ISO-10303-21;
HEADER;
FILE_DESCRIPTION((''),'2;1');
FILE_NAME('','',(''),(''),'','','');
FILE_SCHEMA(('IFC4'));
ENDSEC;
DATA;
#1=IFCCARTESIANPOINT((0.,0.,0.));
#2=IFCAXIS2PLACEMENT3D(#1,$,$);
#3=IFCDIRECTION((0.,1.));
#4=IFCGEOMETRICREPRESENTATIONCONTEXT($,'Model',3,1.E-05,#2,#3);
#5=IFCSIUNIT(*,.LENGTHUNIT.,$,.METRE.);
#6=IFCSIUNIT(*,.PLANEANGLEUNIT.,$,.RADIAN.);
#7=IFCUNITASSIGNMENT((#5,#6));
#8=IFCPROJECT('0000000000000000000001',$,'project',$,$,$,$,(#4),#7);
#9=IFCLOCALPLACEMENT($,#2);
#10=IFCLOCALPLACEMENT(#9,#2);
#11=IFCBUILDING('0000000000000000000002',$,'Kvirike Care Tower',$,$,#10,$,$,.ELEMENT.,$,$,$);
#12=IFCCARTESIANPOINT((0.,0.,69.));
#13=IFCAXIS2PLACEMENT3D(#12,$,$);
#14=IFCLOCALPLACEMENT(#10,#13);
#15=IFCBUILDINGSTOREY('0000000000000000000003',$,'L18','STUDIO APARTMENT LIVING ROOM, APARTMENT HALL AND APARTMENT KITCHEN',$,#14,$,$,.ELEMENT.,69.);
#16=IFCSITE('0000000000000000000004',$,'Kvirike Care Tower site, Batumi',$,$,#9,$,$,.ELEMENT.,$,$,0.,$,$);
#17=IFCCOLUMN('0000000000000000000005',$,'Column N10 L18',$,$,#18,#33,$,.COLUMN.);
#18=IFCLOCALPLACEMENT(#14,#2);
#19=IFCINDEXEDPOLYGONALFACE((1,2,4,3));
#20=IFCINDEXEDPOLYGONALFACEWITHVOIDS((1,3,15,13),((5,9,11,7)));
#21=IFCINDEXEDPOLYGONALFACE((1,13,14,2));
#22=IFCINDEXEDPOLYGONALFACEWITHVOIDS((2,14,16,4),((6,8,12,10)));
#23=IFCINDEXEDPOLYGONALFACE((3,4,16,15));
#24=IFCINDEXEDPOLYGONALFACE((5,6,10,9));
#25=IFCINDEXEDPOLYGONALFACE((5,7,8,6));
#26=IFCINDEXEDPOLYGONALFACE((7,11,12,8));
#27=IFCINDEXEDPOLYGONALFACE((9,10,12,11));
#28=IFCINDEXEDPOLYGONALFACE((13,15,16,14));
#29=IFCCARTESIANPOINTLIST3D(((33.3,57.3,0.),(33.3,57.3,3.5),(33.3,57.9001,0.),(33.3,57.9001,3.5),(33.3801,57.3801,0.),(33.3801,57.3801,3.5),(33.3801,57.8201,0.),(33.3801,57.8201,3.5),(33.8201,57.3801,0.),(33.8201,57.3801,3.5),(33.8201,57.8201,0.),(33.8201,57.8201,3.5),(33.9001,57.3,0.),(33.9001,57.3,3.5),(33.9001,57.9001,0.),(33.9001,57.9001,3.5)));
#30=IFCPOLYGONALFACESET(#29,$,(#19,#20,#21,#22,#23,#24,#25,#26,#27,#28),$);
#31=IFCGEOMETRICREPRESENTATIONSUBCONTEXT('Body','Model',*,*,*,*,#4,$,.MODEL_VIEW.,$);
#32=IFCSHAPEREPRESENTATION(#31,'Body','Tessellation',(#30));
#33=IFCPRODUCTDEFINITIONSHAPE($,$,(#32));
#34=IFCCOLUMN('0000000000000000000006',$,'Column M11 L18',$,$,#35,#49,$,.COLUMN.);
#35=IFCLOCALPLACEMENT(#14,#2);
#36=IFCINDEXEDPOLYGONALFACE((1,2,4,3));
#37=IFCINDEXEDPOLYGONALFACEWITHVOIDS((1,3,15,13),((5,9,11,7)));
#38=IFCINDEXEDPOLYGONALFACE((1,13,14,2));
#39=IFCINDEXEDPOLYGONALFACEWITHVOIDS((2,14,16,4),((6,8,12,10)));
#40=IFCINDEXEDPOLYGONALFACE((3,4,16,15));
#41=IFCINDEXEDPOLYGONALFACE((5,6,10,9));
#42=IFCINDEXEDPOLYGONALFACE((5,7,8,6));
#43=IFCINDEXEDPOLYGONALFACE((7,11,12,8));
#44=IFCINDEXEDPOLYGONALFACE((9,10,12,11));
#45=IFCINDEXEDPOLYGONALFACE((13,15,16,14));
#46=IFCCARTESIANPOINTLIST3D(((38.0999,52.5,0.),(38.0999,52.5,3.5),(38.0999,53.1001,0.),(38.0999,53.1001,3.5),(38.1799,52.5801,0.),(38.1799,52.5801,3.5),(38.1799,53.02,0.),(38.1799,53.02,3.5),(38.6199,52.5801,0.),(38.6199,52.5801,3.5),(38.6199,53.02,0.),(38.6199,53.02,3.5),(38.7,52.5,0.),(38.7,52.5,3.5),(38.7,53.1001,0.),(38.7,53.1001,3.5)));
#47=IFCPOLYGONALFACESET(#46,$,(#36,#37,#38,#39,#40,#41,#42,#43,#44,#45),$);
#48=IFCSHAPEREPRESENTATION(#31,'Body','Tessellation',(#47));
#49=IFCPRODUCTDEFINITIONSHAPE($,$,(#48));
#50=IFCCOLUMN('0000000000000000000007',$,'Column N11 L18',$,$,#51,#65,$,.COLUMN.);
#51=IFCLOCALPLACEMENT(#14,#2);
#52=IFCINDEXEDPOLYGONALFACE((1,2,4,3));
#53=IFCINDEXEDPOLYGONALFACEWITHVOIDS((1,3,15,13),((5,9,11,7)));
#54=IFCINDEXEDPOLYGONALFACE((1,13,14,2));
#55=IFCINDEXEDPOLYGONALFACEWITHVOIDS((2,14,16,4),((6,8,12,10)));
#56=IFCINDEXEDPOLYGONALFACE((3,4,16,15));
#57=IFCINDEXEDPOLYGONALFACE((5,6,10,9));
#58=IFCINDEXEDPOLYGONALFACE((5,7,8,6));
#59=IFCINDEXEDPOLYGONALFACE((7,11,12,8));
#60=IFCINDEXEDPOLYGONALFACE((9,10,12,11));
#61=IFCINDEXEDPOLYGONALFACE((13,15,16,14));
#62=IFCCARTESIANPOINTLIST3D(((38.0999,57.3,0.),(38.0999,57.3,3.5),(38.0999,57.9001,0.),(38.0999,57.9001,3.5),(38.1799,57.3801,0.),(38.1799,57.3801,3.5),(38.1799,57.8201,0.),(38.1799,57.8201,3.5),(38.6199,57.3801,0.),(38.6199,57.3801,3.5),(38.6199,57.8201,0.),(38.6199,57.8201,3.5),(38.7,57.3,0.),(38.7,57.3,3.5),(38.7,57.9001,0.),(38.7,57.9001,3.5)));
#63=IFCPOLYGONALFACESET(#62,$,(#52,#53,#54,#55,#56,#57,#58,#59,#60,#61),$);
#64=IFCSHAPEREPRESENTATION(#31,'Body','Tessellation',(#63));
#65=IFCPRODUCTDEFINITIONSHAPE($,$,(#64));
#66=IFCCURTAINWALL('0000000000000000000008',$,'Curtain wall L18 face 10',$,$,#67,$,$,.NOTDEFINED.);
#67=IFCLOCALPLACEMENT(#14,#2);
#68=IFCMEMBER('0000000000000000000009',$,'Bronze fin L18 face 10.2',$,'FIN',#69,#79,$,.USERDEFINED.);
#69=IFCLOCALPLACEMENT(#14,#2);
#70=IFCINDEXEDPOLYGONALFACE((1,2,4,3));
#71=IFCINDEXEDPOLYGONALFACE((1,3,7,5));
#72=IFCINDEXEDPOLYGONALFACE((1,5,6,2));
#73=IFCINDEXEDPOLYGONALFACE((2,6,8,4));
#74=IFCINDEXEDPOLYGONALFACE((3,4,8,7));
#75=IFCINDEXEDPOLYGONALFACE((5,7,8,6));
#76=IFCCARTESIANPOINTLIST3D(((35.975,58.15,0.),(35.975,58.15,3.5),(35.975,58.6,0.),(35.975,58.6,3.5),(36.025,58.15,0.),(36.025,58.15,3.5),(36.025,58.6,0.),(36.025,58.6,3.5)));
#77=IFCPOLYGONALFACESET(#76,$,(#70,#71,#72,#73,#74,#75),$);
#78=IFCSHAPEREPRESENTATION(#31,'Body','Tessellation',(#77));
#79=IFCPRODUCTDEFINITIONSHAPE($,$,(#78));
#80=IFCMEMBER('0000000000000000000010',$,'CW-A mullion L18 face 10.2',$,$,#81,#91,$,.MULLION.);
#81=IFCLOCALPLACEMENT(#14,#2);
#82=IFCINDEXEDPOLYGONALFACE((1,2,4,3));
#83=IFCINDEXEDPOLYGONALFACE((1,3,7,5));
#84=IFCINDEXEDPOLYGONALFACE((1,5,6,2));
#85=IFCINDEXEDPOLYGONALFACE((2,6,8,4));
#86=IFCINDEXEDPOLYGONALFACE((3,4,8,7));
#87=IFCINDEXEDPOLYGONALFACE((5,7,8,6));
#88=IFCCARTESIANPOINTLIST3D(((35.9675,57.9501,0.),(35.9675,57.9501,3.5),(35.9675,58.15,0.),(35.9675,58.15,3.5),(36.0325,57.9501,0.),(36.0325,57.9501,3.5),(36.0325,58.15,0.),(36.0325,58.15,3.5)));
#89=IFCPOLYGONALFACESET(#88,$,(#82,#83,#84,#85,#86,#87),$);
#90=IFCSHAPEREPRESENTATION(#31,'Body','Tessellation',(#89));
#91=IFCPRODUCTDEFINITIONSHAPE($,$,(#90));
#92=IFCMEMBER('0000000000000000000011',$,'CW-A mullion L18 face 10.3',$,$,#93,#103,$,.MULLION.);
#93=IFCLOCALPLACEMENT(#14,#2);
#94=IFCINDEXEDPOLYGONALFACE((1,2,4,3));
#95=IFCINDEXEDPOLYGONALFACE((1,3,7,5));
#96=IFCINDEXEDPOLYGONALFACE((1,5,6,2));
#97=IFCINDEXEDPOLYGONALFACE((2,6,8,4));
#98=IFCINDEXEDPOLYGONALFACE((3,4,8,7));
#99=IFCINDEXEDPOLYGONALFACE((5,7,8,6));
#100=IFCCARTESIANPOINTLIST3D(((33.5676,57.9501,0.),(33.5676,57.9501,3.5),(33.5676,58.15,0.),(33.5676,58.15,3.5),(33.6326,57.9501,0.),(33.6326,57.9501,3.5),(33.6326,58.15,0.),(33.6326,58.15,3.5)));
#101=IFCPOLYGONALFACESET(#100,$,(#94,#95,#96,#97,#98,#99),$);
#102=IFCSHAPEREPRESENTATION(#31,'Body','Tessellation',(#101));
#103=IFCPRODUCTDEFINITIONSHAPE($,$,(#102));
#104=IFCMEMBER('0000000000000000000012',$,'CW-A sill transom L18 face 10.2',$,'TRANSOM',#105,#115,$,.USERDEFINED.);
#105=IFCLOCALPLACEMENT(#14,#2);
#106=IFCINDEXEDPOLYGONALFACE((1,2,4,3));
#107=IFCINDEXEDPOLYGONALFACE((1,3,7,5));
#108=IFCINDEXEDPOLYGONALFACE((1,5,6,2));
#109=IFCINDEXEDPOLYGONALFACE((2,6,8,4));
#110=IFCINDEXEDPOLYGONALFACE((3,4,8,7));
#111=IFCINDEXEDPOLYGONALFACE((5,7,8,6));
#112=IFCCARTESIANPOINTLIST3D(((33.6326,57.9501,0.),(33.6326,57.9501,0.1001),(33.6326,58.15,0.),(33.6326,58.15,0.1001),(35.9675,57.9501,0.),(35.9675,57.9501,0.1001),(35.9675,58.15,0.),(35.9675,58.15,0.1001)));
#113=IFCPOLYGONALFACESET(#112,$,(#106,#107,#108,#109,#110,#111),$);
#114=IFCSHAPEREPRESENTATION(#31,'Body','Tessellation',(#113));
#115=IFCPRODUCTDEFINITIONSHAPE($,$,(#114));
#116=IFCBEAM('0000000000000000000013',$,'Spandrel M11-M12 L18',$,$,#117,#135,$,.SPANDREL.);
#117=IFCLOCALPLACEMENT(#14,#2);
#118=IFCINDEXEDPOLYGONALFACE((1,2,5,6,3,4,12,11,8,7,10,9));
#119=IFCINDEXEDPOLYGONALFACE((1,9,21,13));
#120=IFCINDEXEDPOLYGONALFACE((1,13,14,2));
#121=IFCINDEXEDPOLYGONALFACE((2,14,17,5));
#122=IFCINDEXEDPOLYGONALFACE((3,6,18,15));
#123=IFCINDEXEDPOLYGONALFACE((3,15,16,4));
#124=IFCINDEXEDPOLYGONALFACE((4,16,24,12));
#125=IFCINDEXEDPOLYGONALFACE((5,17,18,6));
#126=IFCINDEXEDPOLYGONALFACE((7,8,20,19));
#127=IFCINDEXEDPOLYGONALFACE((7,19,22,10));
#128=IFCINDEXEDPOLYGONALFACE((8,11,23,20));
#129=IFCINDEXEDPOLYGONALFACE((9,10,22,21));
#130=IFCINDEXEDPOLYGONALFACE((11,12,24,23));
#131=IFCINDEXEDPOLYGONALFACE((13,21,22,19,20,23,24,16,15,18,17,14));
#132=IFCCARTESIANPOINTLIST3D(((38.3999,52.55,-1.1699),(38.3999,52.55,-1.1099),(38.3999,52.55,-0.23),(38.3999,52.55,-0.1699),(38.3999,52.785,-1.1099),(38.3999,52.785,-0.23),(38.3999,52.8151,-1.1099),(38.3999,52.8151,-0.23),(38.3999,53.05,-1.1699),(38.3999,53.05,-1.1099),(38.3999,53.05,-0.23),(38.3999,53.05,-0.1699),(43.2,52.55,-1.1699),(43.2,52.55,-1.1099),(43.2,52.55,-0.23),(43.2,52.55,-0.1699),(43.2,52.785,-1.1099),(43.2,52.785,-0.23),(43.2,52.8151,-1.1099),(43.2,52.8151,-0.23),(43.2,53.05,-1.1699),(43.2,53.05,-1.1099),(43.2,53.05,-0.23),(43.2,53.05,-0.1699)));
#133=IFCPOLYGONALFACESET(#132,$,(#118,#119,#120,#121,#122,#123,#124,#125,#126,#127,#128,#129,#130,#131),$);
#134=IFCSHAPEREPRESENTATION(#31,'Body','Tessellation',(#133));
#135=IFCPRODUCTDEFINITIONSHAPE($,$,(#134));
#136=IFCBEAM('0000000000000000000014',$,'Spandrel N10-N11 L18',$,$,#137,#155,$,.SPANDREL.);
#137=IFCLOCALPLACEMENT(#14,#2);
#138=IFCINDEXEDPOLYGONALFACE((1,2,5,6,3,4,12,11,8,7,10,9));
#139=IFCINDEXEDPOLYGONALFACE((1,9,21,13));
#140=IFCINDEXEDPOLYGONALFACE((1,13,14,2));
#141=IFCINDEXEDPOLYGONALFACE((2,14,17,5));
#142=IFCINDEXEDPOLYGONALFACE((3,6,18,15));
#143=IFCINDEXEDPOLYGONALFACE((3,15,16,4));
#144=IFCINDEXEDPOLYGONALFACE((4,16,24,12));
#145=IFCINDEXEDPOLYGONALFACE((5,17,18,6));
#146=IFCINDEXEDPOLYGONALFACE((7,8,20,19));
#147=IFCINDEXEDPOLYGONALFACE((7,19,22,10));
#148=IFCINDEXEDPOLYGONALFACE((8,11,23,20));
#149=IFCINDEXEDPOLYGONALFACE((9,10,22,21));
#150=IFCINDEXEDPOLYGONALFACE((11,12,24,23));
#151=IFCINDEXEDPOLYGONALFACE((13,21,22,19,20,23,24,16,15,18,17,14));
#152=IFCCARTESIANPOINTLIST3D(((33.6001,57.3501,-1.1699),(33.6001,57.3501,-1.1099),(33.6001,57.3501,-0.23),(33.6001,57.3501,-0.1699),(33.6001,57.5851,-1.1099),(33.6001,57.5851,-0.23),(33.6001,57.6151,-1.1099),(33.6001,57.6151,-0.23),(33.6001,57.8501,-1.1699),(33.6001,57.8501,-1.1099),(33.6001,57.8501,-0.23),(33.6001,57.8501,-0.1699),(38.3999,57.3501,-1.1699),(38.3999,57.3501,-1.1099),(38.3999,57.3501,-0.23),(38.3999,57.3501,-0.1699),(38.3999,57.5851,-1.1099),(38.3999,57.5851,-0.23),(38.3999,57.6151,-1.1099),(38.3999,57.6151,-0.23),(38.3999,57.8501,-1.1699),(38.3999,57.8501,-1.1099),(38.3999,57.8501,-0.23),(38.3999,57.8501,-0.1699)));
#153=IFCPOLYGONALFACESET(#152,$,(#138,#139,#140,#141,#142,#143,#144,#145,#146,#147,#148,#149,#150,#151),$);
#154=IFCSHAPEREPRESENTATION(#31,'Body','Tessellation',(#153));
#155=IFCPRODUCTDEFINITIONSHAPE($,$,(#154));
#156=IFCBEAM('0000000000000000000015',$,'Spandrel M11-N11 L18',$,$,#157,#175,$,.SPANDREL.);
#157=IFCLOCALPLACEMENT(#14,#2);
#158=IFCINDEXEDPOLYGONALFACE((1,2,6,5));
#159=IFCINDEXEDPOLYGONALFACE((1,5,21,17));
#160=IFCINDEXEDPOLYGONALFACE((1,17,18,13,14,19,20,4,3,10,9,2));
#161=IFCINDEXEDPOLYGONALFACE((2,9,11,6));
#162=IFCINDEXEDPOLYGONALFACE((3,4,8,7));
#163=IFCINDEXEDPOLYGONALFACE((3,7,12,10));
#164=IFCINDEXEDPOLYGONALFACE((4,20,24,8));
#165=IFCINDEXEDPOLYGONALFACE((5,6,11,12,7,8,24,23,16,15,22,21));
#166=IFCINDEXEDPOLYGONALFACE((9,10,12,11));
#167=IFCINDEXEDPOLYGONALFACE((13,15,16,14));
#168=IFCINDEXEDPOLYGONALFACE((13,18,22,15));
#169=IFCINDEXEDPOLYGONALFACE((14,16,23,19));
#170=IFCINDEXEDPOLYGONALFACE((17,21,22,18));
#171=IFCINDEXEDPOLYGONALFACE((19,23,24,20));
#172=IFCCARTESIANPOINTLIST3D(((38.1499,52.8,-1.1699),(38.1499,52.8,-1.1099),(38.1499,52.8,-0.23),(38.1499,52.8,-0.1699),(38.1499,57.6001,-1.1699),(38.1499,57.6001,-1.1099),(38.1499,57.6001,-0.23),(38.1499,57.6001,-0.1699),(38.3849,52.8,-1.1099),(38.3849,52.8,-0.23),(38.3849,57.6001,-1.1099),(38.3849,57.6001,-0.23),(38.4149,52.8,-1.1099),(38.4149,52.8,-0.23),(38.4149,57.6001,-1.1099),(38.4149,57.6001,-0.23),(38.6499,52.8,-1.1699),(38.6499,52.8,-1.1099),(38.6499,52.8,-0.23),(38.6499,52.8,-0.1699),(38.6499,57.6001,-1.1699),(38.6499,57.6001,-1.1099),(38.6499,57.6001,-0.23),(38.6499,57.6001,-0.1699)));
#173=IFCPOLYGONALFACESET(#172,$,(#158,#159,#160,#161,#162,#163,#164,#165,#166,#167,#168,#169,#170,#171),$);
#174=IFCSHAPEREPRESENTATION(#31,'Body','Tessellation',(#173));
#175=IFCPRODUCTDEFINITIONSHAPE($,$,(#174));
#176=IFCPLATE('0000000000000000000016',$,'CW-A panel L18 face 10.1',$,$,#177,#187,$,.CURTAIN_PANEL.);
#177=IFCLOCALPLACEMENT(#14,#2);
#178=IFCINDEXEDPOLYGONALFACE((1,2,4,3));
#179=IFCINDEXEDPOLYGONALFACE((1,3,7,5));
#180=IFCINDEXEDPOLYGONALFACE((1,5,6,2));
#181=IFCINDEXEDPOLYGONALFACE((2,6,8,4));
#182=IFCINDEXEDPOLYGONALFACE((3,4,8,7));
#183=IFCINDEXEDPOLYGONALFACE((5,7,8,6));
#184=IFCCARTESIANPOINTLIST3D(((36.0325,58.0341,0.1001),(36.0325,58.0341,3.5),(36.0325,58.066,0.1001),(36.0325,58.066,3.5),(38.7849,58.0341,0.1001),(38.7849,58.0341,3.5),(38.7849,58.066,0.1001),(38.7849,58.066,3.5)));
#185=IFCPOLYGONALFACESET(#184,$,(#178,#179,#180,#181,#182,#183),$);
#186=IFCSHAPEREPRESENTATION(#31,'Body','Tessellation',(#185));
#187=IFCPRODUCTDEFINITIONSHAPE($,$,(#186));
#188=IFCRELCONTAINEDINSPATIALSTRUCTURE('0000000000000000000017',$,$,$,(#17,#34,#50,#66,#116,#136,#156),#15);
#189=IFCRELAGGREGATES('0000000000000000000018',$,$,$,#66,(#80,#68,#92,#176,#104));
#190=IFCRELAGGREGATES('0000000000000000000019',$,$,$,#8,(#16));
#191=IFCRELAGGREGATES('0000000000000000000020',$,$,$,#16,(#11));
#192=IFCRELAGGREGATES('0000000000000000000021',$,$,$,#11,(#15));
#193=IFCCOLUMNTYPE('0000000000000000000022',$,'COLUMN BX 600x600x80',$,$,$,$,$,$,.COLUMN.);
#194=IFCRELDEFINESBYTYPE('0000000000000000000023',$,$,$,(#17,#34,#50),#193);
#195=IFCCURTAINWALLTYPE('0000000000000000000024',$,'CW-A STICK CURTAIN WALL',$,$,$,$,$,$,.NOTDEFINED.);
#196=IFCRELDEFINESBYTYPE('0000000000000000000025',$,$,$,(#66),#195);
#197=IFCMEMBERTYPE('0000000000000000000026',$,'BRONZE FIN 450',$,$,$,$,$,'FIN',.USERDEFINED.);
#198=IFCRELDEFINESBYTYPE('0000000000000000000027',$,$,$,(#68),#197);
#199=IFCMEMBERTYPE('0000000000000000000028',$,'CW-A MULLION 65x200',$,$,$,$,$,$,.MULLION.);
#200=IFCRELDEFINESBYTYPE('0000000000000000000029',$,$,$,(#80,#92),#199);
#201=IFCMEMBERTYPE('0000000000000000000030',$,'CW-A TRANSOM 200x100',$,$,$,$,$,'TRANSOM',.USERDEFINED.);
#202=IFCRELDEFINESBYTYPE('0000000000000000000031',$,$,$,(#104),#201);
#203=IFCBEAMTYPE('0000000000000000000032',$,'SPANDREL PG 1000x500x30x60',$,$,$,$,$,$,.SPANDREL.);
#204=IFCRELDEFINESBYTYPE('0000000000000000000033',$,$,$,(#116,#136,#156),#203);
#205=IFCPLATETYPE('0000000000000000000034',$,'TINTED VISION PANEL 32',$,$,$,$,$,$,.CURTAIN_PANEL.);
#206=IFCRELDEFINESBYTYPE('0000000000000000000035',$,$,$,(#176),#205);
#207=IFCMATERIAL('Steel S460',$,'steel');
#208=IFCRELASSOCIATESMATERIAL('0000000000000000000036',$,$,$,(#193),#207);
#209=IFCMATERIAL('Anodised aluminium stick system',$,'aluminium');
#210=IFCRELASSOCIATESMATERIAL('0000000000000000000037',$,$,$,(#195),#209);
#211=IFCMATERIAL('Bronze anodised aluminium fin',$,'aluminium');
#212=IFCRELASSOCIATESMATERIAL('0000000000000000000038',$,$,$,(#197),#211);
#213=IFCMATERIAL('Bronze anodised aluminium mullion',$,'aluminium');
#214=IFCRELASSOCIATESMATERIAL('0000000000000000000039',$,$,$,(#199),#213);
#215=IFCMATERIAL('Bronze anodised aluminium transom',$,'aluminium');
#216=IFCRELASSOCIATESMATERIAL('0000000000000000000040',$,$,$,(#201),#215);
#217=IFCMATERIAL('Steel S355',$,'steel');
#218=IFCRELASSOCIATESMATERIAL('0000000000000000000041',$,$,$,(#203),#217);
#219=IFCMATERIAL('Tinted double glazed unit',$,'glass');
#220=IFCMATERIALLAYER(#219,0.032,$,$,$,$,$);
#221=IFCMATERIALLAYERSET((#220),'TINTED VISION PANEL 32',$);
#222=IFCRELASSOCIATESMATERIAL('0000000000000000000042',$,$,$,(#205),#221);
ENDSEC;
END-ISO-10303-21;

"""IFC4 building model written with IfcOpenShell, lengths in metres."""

from ifc_helpers import new_model, si_unit, direction, frame, origin, origin_2d, place, context, subcontext, project, spatial, rectangle, hollow_rectangle, i_section, extrude, material, layer, layer_set, material_profile, profile_set, type_object, element, aggregate, save


model = new_model("IFC4")

# Units and contexts
model_context = context("Model", 3, precision=1e-05, world=origin(), true_north=direction((0.0, 1.0)))
body_context = subcontext(model_context, "Body", "Model", "MODEL_VIEW")
ifc_project = project(units=[si_unit("LENGTHUNIT", "METRE"), si_unit("PLANEANGLEUNIT", "RADIAN")], contexts=[model_context])

# Site, building, storey
site_placement = place(None, origin())
site = spatial("IfcSite", under=ifc_project, at=site_placement, Name="Kvirike Care Tower site, Batumi", CompositionType="ELEMENT", RefElevation=0.0)
building_placement = place(site_placement, origin())
building = spatial("IfcBuilding", under=site, at=building_placement, Name="Kvirike Care Tower", CompositionType="ELEMENT")
storey_placement = place(building_placement, frame((0.0, 0.0, 69.0)))
storey = spatial("IfcBuildingStorey", under=building, at=storey_placement, Name="L18", Description="STUDIO APARTMENT LIVING ROOM, APARTMENT HALL AND APARTMENT KITCHEN", CompositionType="ELEMENT", Elevation=69.0)

# Columns
ifc_material_1 = material(Name="Steel S460", Category="steel")
ifc_material_profile_1 = material_profile(ifc_material_1, hollow_rectangle(XDim=0.6001, YDim=0.6001, WallThickness=0.0801, at=origin_2d()), Name="BX 600x600x80")
ifc_profile_set_1 = profile_set([ifc_material_profile_1], Name="Steel S460")
column_type = type_object("IfcColumnType", Name="COLUMN BX 600x600x80", PredefinedType="COLUMN", material=ifc_profile_set_1)
for number, where, z_axis, x_axis, name in (
    (1, (33.6001, 57.6001, 0.0), (0.0, 0.0, 1.0), (0.0, 1.0, 0.0), "Column N10 L18"),
    (2, (38.3999, 52.8, 0.0), (0.0, 0.0, 1.0), (0.0, 1.0, 0.0), "Column M11 L18"),
    (3, (38.3999, 57.6001, 0.0), (0.0, 0.0, 1.0), (0.0, 1.0, 0.0), "Column N11 L18"),
):
    element("IfcColumn", number, at=place(storey_placement, frame(where, z_axis=z_axis, x_axis=x_axis)), inside=storey, type_object=column_type, Name=name, PredefinedType="COLUMN", context=body_context, shape_type="SweptSolid", body=[
        extrude(hollow_rectangle(XDim=0.6001, YDim=0.6001, WallThickness=0.0801, at=origin_2d()), origin(), (0.0, 0.0, 1.0), 3.5),
    ])

# Curtain wall, members
ifc_material_2 = material(Name="Anodised aluminium stick system", Category="aluminium")
curtain_wall_type = type_object("IfcCurtainWallType", Name="CW-A STICK CURTAIN WALL", PredefinedType="NOTDEFINED", material=ifc_material_2)
curtain_wall_placement = place(storey_placement, origin())
curtain_wall = element("IfcCurtainWall", 4, at=curtain_wall_placement, inside=storey, type_object=curtain_wall_type, Name="Curtain wall L18 face 10", PredefinedType="NOTDEFINED")
ifc_material_3 = material(Name="Bronze anodised aluminium fin", Category="aluminium")
ifc_material_profile_2 = material_profile(ifc_material_3, rectangle(XDim=0.05, YDim=0.45, at=origin_2d()), Name="BRONZE FIN 450")
ifc_profile_set_2 = profile_set([ifc_material_profile_2], Name="Bronze anodised aluminium fin")
member_type_1 = type_object("IfcMemberType", Name="BRONZE FIN 450", ElementType="FIN", PredefinedType="USERDEFINED", material=ifc_profile_set_2)
member_1_placement = place(storey_placement, frame((36.0, 58.375, 0.0), z_axis=(0.0, 0.0, 1.0), x_axis=(-1.0, 0.0, 0.0)))
member_1 = element("IfcMember", 5, at=member_1_placement, type_object=member_type_1, Name="Bronze fin L18 face 10.2", ObjectType="FIN", PredefinedType="USERDEFINED", context=body_context, shape_type="SweptSolid", body=[
    extrude(rectangle(XDim=0.05, YDim=0.45, at=origin_2d()), origin(), (0.0, 0.0, 1.0), 3.5),
])
ifc_material_4 = material(Name="Bronze anodised aluminium mullion", Category="aluminium")
ifc_material_profile_3 = material_profile(ifc_material_4, rectangle(XDim=0.0649, YDim=0.2, at=origin_2d()), Name="CW-A MULLION 65x200")
ifc_profile_set_3 = profile_set([ifc_material_profile_3], Name="Bronze anodised aluminium mullion")
member_type_2 = type_object("IfcMemberType", Name="CW-A MULLION 65x200", PredefinedType="MULLION", material=ifc_profile_set_3)
member_2_placement = place(storey_placement, frame((36.0, 58.05, 0.0), z_axis=(0.0, 0.0, 1.0), x_axis=(-1.0, 0.0, 0.0)))
member_2 = element("IfcMember", 6, at=member_2_placement, type_object=member_type_2, Name="CW-A mullion L18 face 10.2", PredefinedType="MULLION", context=body_context, shape_type="SweptSolid", body=[
    extrude(rectangle(XDim=0.0649, YDim=0.2, at=origin_2d()), origin(), (0.0, 0.0, 1.0), 3.5),
])
member_3_placement = place(storey_placement, frame((33.6001, 58.05, 0.0), z_axis=(0.0, 0.0, 1.0), x_axis=(-1.0, 0.0, 0.0)))
member_3 = element("IfcMember", 7, at=member_3_placement, type_object=member_type_2, Name="CW-A mullion L18 face 10.3", PredefinedType="MULLION", context=body_context, shape_type="SweptSolid", body=[
    extrude(rectangle(XDim=0.0649, YDim=0.2, at=origin_2d()), origin(), (0.0, 0.0, 1.0), 3.5),
])
ifc_material_5 = material(Name="Bronze anodised aluminium transom", Category="aluminium")
ifc_material_profile_4 = material_profile(ifc_material_5, rectangle(XDim=0.2, YDim=0.1001, at=origin_2d()), Name="CW-A TRANSOM 200x100")
ifc_profile_set_4 = profile_set([ifc_material_profile_4], Name="Bronze anodised aluminium transom")
member_type_3 = type_object("IfcMemberType", Name="CW-A TRANSOM 200x100", ElementType="TRANSOM", PredefinedType="USERDEFINED", material=ifc_profile_set_4)
member_4_placement = place(storey_placement, frame((35.9675, 58.05, 0.05), z_axis=(-1.0, 0.0, 0.0), x_axis=(0.0, -1.0, 0.0)))
member_4 = element("IfcMember", 8, at=member_4_placement, type_object=member_type_3, Name="CW-A sill transom L18 face 10.2", ObjectType="TRANSOM", PredefinedType="USERDEFINED", context=body_context, shape_type="SweptSolid", body=[
    extrude(rectangle(XDim=0.2, YDim=0.1001, at=origin_2d()), origin(), (0.0, 0.0, 1.0), 2.335),
])

# Beams
ifc_material_6 = material(Name="Steel S355", Category="steel")
ifc_material_profile_5 = material_profile(ifc_material_6, i_section(OverallWidth=0.5, OverallDepth=1.0, WebThickness=0.03, FlangeThickness=0.0601, at=origin_2d()), Name="PG 1000x500x30x60")
ifc_profile_set_5 = profile_set([ifc_material_profile_5], Name="Steel S355")
beam_type = type_object("IfcBeamType", Name="SPANDREL PG 1000x500x30x60", PredefinedType="SPANDREL", material=ifc_profile_set_5)
beam_1_placement = place(storey_placement, frame((38.3999, 52.8, -0.6699), z_axis=(1.0, 0.0, 0.0), x_axis=(0.0, 1.0, 0.0)))
element("IfcBeam", 9, at=beam_1_placement, inside=storey, type_object=beam_type, Name="Spandrel M11-M12 L18", PredefinedType="SPANDREL", context=body_context, shape_type="SweptSolid", body=[
    extrude(i_section(OverallWidth=0.5, OverallDepth=1.0, WebThickness=0.03, FlangeThickness=0.0601, at=origin_2d()), origin(), (0.0, 0.0, 1.0), 4.8),
])
beam_2_placement = place(storey_placement, frame((33.6001, 57.6001, -0.6699), z_axis=(1.0, 0.0, 0.0), x_axis=(0.0, 1.0, 0.0)))
element("IfcBeam", 10, at=beam_2_placement, inside=storey, type_object=beam_type, Name="Spandrel N10-N11 L18", PredefinedType="SPANDREL", context=body_context, shape_type="SweptSolid", body=[
    extrude(i_section(OverallWidth=0.5, OverallDepth=1.0, WebThickness=0.03, FlangeThickness=0.0601, at=origin_2d()), origin(), (0.0, 0.0, 1.0), 4.7998),
])
beam_3_placement = place(storey_placement, frame((38.3999, 52.8, -0.6699), z_axis=(0.0, 1.0, 0.0), x_axis=(-1.0, 0.0, 0.0)))
element("IfcBeam", 11, at=beam_3_placement, inside=storey, type_object=beam_type, Name="Spandrel M11-N11 L18", PredefinedType="SPANDREL", context=body_context, shape_type="SweptSolid", body=[
    extrude(i_section(OverallWidth=0.5, OverallDepth=1.0, WebThickness=0.03, FlangeThickness=0.0601, at=origin_2d()), origin(), (0.0, 0.0, 1.0), 4.8),
])

# Plate
ifc_material_7 = material(Name="Tinted double glazed unit", Category="glass")
ifc_layer_1 = layer(ifc_material_7, 0.032)
ifc_layer_set_1 = layer_set([ifc_layer_1], Name="TINTED VISION PANEL 32")
plate_type = type_object("IfcPlateType", Name="TINTED VISION PANEL 32", PredefinedType="CURTAIN_PANEL", material=ifc_layer_set_1)
plate_1_placement = place(storey_placement, frame((37.4087, 58.05, 0.1001), z_axis=(0.0, 0.0, 1.0), x_axis=(-1.0, 0.0, 0.0)))
plate_1 = element("IfcPlate", 12, at=plate_1_placement, type_object=plate_type, Name="CW-A panel L18 face 10.1", PredefinedType="CURTAIN_PANEL", context=body_context, shape_type="SweptSolid", body=[
    extrude(rectangle(XDim=2.7524, YDim=0.032, at=origin_2d()), origin(), (0.0, 0.0, 1.0), 3.3999),
])
aggregate(curtain_wall, [member_2, member_1, member_3, plate_1, member_4])

save(model, "model.ifc")
